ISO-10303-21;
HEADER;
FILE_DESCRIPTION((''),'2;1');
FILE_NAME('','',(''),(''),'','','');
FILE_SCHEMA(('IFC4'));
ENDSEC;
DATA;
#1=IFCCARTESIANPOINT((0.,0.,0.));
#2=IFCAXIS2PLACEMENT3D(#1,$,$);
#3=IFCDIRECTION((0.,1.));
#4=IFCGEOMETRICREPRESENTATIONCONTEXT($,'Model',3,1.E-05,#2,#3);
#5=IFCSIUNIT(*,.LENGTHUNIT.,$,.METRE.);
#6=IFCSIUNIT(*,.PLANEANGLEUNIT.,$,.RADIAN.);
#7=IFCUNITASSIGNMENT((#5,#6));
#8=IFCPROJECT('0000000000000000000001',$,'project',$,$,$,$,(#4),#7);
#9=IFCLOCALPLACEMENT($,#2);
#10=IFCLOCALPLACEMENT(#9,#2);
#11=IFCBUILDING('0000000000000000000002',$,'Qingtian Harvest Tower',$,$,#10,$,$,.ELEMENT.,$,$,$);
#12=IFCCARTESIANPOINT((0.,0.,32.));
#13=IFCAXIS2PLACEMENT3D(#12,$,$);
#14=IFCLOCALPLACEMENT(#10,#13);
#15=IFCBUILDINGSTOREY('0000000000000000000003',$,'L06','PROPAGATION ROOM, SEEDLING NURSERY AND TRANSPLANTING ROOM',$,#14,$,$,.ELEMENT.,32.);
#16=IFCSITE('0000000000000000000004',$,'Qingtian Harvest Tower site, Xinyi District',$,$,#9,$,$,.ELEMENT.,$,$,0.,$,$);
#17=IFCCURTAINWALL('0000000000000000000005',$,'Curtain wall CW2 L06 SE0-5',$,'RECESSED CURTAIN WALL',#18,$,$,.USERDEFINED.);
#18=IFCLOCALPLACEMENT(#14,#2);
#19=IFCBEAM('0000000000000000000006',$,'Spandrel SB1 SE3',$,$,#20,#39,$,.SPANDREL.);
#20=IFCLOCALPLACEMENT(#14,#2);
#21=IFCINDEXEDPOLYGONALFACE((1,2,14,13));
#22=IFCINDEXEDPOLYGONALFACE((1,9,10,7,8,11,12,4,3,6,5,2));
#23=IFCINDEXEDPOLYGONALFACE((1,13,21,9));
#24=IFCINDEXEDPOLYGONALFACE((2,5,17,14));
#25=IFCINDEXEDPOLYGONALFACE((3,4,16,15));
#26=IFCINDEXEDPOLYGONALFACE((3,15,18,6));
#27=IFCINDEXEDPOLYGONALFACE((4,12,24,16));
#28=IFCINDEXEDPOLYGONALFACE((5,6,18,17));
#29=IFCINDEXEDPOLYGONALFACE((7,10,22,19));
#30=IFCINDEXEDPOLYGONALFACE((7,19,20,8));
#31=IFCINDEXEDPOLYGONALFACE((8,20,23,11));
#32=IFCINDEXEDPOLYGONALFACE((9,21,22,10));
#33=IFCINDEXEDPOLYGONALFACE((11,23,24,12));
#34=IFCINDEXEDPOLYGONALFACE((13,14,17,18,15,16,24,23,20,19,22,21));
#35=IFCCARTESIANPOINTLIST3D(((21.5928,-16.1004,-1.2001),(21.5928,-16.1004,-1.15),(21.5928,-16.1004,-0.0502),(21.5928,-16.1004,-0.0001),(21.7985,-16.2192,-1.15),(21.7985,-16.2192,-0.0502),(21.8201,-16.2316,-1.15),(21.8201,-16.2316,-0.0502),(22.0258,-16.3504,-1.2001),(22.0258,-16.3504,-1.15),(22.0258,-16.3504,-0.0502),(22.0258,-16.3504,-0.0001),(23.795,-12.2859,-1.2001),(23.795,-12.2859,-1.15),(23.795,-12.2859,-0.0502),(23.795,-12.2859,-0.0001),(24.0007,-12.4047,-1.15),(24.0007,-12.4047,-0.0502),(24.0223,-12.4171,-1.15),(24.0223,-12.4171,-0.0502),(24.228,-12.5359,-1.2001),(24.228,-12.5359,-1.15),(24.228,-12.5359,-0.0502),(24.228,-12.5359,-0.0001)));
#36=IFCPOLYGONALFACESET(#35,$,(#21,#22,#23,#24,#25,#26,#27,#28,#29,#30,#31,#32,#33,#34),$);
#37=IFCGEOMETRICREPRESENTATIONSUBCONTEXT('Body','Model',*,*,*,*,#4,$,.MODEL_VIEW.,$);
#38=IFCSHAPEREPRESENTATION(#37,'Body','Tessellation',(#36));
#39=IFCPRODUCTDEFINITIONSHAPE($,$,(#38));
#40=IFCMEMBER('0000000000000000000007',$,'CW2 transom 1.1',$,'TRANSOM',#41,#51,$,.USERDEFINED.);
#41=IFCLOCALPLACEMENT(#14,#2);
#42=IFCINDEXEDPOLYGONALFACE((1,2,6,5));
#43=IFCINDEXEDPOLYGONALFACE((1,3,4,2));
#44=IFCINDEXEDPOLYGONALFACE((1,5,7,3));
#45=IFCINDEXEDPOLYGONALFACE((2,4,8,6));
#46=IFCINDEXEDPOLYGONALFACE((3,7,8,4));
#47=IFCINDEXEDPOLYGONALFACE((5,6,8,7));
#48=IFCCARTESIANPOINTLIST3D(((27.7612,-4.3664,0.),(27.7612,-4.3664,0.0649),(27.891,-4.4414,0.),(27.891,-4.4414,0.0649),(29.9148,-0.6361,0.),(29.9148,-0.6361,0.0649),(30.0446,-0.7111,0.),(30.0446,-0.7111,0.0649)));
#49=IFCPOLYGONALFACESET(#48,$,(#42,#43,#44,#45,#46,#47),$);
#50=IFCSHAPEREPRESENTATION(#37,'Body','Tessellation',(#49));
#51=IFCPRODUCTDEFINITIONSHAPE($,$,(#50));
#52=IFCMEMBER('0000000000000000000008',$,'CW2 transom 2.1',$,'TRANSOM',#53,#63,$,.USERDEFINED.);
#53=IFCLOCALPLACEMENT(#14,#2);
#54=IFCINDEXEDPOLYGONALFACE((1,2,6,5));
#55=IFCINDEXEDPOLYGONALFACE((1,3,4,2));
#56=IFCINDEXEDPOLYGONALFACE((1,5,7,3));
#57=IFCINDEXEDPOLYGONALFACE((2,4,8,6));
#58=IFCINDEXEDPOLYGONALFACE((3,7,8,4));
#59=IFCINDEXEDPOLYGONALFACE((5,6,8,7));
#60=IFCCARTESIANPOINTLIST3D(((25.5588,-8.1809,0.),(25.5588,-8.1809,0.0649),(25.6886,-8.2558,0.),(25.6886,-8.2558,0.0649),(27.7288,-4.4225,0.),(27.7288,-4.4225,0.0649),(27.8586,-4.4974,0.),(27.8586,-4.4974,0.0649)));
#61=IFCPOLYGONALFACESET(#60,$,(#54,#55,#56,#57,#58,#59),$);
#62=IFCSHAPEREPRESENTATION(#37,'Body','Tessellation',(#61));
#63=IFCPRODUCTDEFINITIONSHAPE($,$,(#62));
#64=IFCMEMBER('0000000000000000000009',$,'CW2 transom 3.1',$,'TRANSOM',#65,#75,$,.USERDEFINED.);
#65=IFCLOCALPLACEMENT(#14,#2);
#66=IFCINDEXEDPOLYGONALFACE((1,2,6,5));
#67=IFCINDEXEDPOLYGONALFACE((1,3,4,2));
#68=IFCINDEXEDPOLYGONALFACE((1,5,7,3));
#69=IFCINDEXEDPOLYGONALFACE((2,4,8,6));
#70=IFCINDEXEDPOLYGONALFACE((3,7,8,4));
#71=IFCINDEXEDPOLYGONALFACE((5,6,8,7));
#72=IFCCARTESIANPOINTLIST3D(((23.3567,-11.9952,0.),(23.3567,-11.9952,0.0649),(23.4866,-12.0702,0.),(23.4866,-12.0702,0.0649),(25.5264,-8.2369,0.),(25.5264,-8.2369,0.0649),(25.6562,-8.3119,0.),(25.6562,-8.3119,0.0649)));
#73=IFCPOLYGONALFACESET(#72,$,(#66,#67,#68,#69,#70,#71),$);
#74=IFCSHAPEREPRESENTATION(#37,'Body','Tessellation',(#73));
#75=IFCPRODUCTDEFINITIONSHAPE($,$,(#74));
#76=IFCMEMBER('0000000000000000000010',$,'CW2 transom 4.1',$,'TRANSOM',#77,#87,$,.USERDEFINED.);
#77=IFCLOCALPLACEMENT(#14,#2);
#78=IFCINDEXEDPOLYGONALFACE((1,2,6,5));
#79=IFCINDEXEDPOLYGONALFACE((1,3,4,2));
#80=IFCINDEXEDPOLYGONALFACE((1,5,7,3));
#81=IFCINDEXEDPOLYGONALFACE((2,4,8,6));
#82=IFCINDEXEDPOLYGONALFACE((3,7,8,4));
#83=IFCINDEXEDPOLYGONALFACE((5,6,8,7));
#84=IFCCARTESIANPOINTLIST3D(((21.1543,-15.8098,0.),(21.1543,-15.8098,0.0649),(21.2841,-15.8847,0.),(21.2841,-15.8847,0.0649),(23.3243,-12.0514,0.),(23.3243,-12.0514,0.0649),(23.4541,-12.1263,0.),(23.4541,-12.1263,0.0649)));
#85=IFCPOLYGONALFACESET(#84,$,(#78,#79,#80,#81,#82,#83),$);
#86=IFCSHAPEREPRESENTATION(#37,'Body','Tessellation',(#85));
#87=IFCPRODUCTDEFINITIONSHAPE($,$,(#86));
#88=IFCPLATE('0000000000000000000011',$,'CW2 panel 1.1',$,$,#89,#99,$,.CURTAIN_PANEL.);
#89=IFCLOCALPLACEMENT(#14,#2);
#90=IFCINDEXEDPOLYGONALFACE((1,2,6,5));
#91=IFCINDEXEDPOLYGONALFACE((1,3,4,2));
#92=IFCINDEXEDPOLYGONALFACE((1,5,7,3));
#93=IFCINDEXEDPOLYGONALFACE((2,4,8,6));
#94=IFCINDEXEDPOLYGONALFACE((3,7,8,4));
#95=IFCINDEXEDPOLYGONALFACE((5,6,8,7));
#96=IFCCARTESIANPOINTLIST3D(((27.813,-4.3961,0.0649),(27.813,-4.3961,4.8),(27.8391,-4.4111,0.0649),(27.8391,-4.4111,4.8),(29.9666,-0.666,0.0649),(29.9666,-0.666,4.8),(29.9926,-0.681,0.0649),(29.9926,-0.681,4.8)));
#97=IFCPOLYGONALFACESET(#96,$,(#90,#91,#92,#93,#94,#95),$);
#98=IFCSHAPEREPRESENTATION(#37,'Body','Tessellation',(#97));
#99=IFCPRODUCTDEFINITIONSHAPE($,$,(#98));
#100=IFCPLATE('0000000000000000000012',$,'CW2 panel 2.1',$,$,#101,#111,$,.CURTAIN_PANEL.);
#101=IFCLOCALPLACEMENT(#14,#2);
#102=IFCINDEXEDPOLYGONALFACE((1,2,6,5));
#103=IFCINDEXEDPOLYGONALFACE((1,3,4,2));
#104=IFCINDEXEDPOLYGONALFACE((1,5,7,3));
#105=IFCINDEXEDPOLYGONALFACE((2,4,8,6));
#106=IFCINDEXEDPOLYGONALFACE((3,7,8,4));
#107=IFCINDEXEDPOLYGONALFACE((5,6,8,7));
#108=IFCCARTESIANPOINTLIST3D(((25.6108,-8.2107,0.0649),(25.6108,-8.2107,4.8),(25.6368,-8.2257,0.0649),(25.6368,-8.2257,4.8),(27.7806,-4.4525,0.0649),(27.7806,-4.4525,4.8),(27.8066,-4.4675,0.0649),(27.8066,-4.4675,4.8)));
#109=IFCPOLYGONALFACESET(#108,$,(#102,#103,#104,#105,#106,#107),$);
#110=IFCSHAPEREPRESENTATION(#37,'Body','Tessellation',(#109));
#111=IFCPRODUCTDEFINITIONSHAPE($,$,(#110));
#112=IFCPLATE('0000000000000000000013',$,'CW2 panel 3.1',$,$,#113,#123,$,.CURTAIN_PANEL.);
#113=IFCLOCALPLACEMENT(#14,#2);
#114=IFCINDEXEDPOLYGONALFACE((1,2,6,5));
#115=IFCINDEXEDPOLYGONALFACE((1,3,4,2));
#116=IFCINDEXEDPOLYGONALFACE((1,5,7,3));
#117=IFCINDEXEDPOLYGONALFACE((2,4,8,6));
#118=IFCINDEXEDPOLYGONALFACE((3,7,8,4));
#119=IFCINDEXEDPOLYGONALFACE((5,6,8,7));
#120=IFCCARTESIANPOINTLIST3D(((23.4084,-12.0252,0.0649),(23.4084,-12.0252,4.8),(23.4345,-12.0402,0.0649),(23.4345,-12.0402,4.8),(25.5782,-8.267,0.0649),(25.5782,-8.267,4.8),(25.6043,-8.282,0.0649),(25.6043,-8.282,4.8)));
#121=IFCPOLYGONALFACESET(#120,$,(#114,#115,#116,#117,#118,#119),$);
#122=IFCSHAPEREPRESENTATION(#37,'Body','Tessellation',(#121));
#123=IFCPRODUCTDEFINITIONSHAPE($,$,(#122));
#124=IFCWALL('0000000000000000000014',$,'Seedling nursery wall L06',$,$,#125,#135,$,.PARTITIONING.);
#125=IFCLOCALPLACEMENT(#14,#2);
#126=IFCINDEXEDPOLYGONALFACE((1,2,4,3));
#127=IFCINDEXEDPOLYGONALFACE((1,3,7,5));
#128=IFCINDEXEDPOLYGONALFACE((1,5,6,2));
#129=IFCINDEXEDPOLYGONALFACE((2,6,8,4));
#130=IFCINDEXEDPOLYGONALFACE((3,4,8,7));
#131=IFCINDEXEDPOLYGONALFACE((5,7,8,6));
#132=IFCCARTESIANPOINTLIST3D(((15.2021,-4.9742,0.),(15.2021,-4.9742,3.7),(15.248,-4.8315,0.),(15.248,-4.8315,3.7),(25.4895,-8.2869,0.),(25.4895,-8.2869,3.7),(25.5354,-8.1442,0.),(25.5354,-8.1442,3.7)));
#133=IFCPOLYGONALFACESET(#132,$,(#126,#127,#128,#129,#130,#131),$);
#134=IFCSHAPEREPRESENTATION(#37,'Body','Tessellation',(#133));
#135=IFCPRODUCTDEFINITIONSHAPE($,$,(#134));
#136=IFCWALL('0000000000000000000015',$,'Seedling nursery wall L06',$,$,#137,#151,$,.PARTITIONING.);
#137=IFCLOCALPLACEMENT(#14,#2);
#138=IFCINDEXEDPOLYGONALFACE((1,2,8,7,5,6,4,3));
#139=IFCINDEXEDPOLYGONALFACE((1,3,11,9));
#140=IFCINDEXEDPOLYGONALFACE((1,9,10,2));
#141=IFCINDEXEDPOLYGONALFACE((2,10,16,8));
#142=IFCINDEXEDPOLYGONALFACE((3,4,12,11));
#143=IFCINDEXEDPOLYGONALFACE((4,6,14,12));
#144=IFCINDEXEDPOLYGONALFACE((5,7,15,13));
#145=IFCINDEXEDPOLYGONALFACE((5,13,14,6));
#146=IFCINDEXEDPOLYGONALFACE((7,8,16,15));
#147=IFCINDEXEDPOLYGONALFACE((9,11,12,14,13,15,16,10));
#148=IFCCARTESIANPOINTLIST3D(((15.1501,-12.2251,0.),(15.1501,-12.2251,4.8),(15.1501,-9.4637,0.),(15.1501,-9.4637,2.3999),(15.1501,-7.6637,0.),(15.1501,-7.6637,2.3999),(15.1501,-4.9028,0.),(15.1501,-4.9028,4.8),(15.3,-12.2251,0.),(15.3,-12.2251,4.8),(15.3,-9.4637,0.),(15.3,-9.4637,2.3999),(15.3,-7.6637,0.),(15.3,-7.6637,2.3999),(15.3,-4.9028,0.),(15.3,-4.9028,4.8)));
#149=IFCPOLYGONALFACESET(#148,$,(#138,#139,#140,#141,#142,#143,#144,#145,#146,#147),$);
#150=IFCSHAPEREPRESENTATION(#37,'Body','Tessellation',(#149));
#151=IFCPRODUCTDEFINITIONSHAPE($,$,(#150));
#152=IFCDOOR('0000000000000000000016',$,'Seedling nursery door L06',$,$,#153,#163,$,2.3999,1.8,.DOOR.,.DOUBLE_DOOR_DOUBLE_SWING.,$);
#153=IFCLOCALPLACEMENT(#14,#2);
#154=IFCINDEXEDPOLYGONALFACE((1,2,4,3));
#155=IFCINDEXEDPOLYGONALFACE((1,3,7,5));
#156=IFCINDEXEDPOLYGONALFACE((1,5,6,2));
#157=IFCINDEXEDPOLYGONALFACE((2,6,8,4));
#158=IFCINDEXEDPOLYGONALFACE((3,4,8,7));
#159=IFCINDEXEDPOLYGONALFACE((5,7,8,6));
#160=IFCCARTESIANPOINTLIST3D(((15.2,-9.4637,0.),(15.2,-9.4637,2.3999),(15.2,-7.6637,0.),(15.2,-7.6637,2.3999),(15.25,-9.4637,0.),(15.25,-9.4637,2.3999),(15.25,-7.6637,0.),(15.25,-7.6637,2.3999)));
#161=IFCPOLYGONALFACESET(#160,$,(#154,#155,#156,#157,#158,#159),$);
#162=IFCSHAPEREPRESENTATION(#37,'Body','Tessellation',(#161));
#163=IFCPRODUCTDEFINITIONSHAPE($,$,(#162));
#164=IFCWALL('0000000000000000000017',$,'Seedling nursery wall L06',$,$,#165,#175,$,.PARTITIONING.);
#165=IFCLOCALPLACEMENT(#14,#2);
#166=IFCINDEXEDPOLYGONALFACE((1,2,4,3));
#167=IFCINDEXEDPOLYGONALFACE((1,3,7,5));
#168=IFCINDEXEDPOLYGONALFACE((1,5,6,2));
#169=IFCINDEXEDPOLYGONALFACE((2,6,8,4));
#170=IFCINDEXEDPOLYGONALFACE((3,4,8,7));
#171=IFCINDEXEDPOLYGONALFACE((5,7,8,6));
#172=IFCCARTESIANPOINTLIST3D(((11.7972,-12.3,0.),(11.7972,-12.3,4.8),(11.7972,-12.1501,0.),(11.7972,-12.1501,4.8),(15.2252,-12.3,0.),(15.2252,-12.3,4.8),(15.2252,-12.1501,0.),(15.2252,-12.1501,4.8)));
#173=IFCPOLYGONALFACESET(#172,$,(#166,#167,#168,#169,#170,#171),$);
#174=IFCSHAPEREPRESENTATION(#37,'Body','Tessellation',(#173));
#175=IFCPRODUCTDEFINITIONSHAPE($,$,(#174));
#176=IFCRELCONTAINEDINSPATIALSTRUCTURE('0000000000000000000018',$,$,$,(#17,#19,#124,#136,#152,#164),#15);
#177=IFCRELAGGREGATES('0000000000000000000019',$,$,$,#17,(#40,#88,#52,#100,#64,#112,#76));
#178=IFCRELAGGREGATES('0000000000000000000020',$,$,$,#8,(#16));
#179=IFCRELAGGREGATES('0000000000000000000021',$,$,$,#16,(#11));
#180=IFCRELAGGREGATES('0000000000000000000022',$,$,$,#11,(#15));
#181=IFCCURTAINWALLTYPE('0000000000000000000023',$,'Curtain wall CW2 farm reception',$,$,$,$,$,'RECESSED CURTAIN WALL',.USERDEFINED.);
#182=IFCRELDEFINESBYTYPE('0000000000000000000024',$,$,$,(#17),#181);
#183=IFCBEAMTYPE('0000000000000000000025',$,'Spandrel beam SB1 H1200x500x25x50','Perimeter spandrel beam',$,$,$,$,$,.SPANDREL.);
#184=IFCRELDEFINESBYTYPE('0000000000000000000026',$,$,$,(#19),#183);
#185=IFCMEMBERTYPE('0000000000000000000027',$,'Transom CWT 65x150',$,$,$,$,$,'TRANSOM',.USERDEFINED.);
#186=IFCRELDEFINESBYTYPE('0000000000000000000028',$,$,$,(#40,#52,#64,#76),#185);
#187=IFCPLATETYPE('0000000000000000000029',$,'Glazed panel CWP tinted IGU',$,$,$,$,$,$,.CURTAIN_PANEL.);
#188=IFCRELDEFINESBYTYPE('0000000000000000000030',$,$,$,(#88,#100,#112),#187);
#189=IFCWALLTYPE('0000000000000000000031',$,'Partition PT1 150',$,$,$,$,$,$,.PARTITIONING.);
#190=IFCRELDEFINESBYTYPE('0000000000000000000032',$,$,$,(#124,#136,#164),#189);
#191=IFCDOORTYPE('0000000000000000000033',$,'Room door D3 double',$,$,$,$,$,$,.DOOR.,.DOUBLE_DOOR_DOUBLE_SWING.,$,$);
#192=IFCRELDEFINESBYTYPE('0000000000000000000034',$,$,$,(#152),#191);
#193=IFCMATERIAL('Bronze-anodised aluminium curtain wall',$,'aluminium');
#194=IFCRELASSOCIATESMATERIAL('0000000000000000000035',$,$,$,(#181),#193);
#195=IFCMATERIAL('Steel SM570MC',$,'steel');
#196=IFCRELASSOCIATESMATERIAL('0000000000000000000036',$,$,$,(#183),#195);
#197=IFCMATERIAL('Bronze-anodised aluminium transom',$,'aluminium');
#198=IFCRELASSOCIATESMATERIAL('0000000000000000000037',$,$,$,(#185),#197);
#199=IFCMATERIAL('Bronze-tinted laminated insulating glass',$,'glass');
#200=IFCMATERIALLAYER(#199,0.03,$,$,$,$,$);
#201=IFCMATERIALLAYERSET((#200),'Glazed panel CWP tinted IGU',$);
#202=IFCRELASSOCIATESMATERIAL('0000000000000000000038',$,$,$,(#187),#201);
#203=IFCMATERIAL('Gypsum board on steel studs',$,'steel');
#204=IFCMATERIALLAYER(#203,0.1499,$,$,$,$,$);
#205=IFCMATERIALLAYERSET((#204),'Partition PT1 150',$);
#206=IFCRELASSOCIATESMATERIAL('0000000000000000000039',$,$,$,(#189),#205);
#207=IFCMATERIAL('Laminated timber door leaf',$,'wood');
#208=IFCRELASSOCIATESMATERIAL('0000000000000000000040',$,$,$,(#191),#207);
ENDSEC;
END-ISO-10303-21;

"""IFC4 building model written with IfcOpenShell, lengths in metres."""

from ifc_helpers import new_model, si_unit, direction, frame, frame_2d, origin, origin_2d, place, context, subcontext, project, spatial, rectangle, i_section, extrude, material, layer, layer_set, material_profile, profile_set, type_object, element, fill, aggregate, save


model = new_model("IFC4")

# Units and contexts
model_context = context("Model", 3, precision=1e-05, world=origin(), true_north=direction((0.0, 1.0)))
body_context = subcontext(model_context, "Body", "Model", "MODEL_VIEW")
ifc_project = project(units=[si_unit("LENGTHUNIT", "METRE"), si_unit("PLANEANGLEUNIT", "RADIAN")], contexts=[model_context])

# Site, building, storey
site_placement = place(None, origin())
site = spatial("IfcSite", under=ifc_project, at=site_placement, Name="Qingtian Harvest Tower site, Xinyi District", CompositionType="ELEMENT", RefElevation=0.0)
building_placement = place(site_placement, origin())
building = spatial("IfcBuilding", under=site, at=building_placement, Name="Qingtian Harvest Tower", CompositionType="ELEMENT")
storey_placement = place(building_placement, frame((0.0, 0.0, 32.0)))
storey = spatial("IfcBuildingStorey", under=building, at=storey_placement, Name="L06", Description="PROPAGATION ROOM, SEEDLING NURSERY AND TRANSPLANTING ROOM", CompositionType="ELEMENT", Elevation=32.0)

# Shared definitions
ifc_material_1 = material(Name="Bronze-anodised aluminium curtain wall", Category="aluminium")
curtain_wall_type = type_object("IfcCurtainWallType", Name="Curtain wall CW2 farm reception", ElementType="RECESSED CURTAIN WALL", PredefinedType="USERDEFINED", material=ifc_material_1)

# Curtain wall
curtain_wall_1_placement = place(storey_placement, origin())
curtain_wall_1 = element("IfcCurtainWall", 1, at=curtain_wall_1_placement, inside=storey, type_object=curtain_wall_type, Name="Curtain wall CW2 L06 SE0-5", ObjectType="RECESSED CURTAIN WALL", PredefinedType="USERDEFINED")

# Beam
ifc_material_2 = material(Name="Steel SM570MC", Category="steel")
ifc_material_profile_1 = material_profile(ifc_material_2, i_section(OverallWidth=0.5, OverallDepth=1.2, WebThickness=0.0249, FlangeThickness=0.05, at=origin_2d()), Name="H1200x500x25x50")
ifc_profile_set_1 = profile_set([ifc_material_profile_1], Name="Steel SM570MC")
beam_type_1 = type_object("IfcBeamType", Name="Spandrel beam SB1 H1200x500x25x50", Description="Perimeter spandrel beam", PredefinedType="SPANDREL", material=ifc_profile_set_1)
for number, where, z_axis, x_axis, name in (
    (2, (24.0115, -12.4109, -0.6001), (-0.499978, -0.866038, 0.0), (0.866038, -0.499978, 0.0), "Spandrel SB1 SE3"),
):
    element("IfcBeam", number, at=place(storey_placement, frame(where, z_axis=z_axis, x_axis=x_axis)), inside=storey, type_object=beam_type_1, Name=name, PredefinedType="SPANDREL", context=body_context, shape_type="SweptSolid", body=[
        extrude(i_section(OverallWidth=0.5, OverallDepth=1.2, WebThickness=0.0249, FlangeThickness=0.05, at=origin_2d()), origin(), (0.0, 0.0, 1.0), 4.4045),
    ])

# Members
ifc_material_3 = material(Name="Bronze-anodised aluminium transom", Category="aluminium")
ifc_material_profile_2 = material_profile(ifc_material_3, rectangle(XDim=0.1499, YDim=0.0649, at=origin_2d()), Name="AL 65x150")
ifc_profile_set_2 = profile_set([ifc_material_profile_2], Name="Bronze-anodised aluminium transom")
member_type_1 = type_object("IfcMemberType", Name="Transom CWT 65x150", ElementType="TRANSOM", PredefinedType="USERDEFINED", material=ifc_profile_set_2)
member_1_placement = place(storey_placement, frame((29.9797, -0.6736, 0.0325), z_axis=(-0.499986, -0.866034, 0.0), x_axis=(0.866034, -0.499986, 0.0)))
member_1 = element("IfcMember", 3, at=member_1_placement, type_object=member_type_1, Name="CW2 transom 1.1", ObjectType="TRANSOM", PredefinedType="USERDEFINED", context=body_context, shape_type="SweptSolid", body=[
    extrude(rectangle(XDim=0.1499, YDim=0.0649, at=origin_2d()), origin(), (0.0, 0.0, 1.0), 4.3074),
])
member_2_placement = place(storey_placement, frame((27.7937, -4.46, 0.0325), z_axis=(-0.500011, -0.866019, 0.0), x_axis=(0.866019, -0.500011, 0.0)))
member_2 = element("IfcMember", 4, at=member_2_placement, type_object=member_type_1, Name="CW2 transom 2.1", ObjectType="TRANSOM", PredefinedType="USERDEFINED", context=body_context, shape_type="SweptSolid", body=[
    extrude(rectangle(XDim=0.1499, YDim=0.0649, at=origin_2d()), origin(), (0.0, 0.0, 1.0), 4.3398),
])
member_3_placement = place(storey_placement, frame((25.5913, -8.2744, 0.0325), z_axis=(-0.499969, -0.866043, 0.0), x_axis=(0.866043, -0.499969, 0.0)))
member_3 = element("IfcMember", 5, at=member_3_placement, type_object=member_type_1, Name="CW2 transom 3.1", ObjectType="TRANSOM", PredefinedType="USERDEFINED", context=body_context, shape_type="SweptSolid", body=[
    extrude(rectangle(XDim=0.1499, YDim=0.0649, at=origin_2d()), origin(), (0.0, 0.0, 1.0), 4.3396),
])
member_4_placement = place(storey_placement, frame((23.3892, -12.0889, 0.0325), z_axis=(-0.500011, -0.866019, 0.0), x_axis=(0.866019, -0.500011, 0.0)))
member_4 = element("IfcMember", 6, at=member_4_placement, type_object=member_type_1, Name="CW2 transom 4.1", ObjectType="TRANSOM", PredefinedType="USERDEFINED", context=body_context, shape_type="SweptSolid", body=[
    extrude(rectangle(XDim=0.1499, YDim=0.0649, at=origin_2d()), origin(), (0.0, 0.0, 1.0), 4.3398),
])

# Plates
ifc_material_4 = material(Name="Bronze-tinted laminated insulating glass", Category="glass")
ifc_layer_1 = layer(ifc_material_4, 0.03)
ifc_layer_set_1 = layer_set([ifc_layer_1], Name="Glazed panel CWP tinted IGU")
plate_type = type_object("IfcPlateType", Name="Glazed panel CWP tinted IGU", PredefinedType="CURTAIN_PANEL", material=ifc_layer_set_1)
plate_1_placement = place(storey_placement, frame((28.9028, -2.5386, 0.0649), z_axis=(0.0, 0.0, 1.0), x_axis=(-0.5, -0.866025, 0.0)))
plate_1 = element("IfcPlate", 7, at=plate_1_placement, type_object=plate_type, Name="CW2 panel 1.1", PredefinedType="CURTAIN_PANEL", context=body_context, shape_type="SweptSolid", body=[
    extrude(rectangle(XDim=4.3071, YDim=0.03, at=origin_2d()), origin(), (0.0, 0.0, 1.0), 4.7351),
])
plate_2_placement = place(storey_placement, frame((26.7087, -6.3391, 0.0649), z_axis=(0.0, 0.0, 1.0), x_axis=(-0.5, -0.866025, 0.0)))
plate_2 = element("IfcPlate", 8, at=plate_2_placement, type_object=plate_type, Name="CW2 panel 2.1", PredefinedType="CURTAIN_PANEL", context=body_context, shape_type="SweptSolid", body=[
    extrude(rectangle(XDim=4.3396, YDim=0.03, at=origin_2d()), origin(), (0.0, 0.0, 1.0), 4.7351),
])
plate_3_placement = place(storey_placement, frame((24.5063, -10.1536, 0.0649), z_axis=(0.0, 0.0, 1.0), x_axis=(-0.5, -0.866025, 0.0)))
plate_3 = element("IfcPlate", 9, at=plate_3_placement, type_object=plate_type, Name="CW2 panel 3.1", PredefinedType="CURTAIN_PANEL", context=body_context, shape_type="SweptSolid", body=[
    extrude(rectangle(XDim=4.3396, YDim=0.03, at=origin_2d()), origin(), (0.0, 0.0, 1.0), 4.7351),
])
aggregate(curtain_wall_1, [member_1, plate_1, member_2, plate_2, member_3, plate_3, member_4])

# Wall
ifc_material_5 = material(Name="Gypsum board on steel studs", Category="steel")
ifc_layer_2 = layer(ifc_material_5, 0.1499)
ifc_layer_set_2 = layer_set([ifc_layer_2], Name="Partition PT1 150")
wall_type = type_object("IfcWallType", Name="Partition PT1 150", PredefinedType="PARTITIONING", material=ifc_layer_set_2)
wall_1_placement = place(storey_placement, frame((25.5125, -8.2156, 0.0), z_axis=(0.0, 0.0, 1.0), x_axis=(-0.951864, 0.30652, 0.0)))
element("IfcWall", 10, at=wall_1_placement, inside=storey, type_object=wall_type, Name="Seedling nursery wall L06", PredefinedType="PARTITIONING", context=body_context, shape_type="SweptSolid", body=[
    extrude(rectangle(XDim=10.8076, YDim=0.1499, at=frame_2d((5.4038, 0.0))), origin(), (0.0, 0.0, 1.0), 3.7),
])

# Wall, opening, door
wall_2_placement = place(storey_placement, frame((15.2251, -4.9028, 0.0), z_axis=(0.0, 0.0, 1.0), x_axis=(0.0, -1.0, 0.0)))
wall_2 = element("IfcWall", 11, at=wall_2_placement, inside=storey, type_object=wall_type, Name="Seedling nursery wall L06", PredefinedType="PARTITIONING", context=body_context, shape_type="SweptSolid", body=[
    extrude(rectangle(XDim=7.3223, YDim=0.1499, at=frame_2d((3.6611, 0.0))), origin(), (0.0, 0.0, 1.0), 4.8),
])
opening_placement = place(wall_2_placement, frame((2.761, 0.0, 0.0)))
opening = element("IfcOpeningElement", 12, at=opening_placement, cuts=wall_2, PredefinedType="OPENING", context=body_context, shape_type="SweptSolid", body=[
    extrude(rectangle(XDim=1.8, YDim=2.3999, at=frame_2d((0.8999, 1.2))), frame((0.0, 0.085, 0.0), z_axis=(0.0, -1.0, 0.0), x_axis=(1.0, 0.0, 0.0)), (0.0, 0.0, 1.0), 0.1699),
])
ifc_material_6 = material(Name="Laminated timber door leaf", Category="wood")
door_type = type_object("IfcDoorType", Name="Room door D3 double", OperationType="DOUBLE_DOOR_DOUBLE_SWING", PredefinedType="DOOR", material=ifc_material_6)
door_placement = place(opening_placement, origin())
door = element("IfcDoor", 13, at=door_placement, inside=storey, type_object=door_type, Name="Seedling nursery door L06", OperationType="DOUBLE_DOOR_DOUBLE_SWING", OverallHeight=2.3999, OverallWidth=1.8, PredefinedType="DOOR", context=body_context, shape_type="SweptSolid", body=[
    extrude(rectangle(XDim=1.8, YDim=2.3999, at=frame_2d((0.8999, 1.2))), frame((0.0, 0.0249, 0.0), z_axis=(0.0, -1.0, 0.0), x_axis=(1.0, 0.0, 0.0)), (0.0, 0.0, 1.0), 0.05),
])
fill(opening, door)

# Wall
wall_3_placement = place(storey_placement, frame((15.2251, -12.2251, 0.0), z_axis=(0.0, 0.0, 1.0), x_axis=(-1.0, 0.0, 0.0)))
element("IfcWall", 14, at=wall_3_placement, inside=storey, type_object=wall_type, Name="Seedling nursery wall L06", PredefinedType="PARTITIONING", context=body_context, shape_type="SweptSolid", body=[
    extrude(rectangle(XDim=3.428, YDim=0.1499, at=frame_2d((1.7139, 0.0))), origin(), (0.0, 0.0, 1.0), 4.8),
])

save(model, "model.ifc")
